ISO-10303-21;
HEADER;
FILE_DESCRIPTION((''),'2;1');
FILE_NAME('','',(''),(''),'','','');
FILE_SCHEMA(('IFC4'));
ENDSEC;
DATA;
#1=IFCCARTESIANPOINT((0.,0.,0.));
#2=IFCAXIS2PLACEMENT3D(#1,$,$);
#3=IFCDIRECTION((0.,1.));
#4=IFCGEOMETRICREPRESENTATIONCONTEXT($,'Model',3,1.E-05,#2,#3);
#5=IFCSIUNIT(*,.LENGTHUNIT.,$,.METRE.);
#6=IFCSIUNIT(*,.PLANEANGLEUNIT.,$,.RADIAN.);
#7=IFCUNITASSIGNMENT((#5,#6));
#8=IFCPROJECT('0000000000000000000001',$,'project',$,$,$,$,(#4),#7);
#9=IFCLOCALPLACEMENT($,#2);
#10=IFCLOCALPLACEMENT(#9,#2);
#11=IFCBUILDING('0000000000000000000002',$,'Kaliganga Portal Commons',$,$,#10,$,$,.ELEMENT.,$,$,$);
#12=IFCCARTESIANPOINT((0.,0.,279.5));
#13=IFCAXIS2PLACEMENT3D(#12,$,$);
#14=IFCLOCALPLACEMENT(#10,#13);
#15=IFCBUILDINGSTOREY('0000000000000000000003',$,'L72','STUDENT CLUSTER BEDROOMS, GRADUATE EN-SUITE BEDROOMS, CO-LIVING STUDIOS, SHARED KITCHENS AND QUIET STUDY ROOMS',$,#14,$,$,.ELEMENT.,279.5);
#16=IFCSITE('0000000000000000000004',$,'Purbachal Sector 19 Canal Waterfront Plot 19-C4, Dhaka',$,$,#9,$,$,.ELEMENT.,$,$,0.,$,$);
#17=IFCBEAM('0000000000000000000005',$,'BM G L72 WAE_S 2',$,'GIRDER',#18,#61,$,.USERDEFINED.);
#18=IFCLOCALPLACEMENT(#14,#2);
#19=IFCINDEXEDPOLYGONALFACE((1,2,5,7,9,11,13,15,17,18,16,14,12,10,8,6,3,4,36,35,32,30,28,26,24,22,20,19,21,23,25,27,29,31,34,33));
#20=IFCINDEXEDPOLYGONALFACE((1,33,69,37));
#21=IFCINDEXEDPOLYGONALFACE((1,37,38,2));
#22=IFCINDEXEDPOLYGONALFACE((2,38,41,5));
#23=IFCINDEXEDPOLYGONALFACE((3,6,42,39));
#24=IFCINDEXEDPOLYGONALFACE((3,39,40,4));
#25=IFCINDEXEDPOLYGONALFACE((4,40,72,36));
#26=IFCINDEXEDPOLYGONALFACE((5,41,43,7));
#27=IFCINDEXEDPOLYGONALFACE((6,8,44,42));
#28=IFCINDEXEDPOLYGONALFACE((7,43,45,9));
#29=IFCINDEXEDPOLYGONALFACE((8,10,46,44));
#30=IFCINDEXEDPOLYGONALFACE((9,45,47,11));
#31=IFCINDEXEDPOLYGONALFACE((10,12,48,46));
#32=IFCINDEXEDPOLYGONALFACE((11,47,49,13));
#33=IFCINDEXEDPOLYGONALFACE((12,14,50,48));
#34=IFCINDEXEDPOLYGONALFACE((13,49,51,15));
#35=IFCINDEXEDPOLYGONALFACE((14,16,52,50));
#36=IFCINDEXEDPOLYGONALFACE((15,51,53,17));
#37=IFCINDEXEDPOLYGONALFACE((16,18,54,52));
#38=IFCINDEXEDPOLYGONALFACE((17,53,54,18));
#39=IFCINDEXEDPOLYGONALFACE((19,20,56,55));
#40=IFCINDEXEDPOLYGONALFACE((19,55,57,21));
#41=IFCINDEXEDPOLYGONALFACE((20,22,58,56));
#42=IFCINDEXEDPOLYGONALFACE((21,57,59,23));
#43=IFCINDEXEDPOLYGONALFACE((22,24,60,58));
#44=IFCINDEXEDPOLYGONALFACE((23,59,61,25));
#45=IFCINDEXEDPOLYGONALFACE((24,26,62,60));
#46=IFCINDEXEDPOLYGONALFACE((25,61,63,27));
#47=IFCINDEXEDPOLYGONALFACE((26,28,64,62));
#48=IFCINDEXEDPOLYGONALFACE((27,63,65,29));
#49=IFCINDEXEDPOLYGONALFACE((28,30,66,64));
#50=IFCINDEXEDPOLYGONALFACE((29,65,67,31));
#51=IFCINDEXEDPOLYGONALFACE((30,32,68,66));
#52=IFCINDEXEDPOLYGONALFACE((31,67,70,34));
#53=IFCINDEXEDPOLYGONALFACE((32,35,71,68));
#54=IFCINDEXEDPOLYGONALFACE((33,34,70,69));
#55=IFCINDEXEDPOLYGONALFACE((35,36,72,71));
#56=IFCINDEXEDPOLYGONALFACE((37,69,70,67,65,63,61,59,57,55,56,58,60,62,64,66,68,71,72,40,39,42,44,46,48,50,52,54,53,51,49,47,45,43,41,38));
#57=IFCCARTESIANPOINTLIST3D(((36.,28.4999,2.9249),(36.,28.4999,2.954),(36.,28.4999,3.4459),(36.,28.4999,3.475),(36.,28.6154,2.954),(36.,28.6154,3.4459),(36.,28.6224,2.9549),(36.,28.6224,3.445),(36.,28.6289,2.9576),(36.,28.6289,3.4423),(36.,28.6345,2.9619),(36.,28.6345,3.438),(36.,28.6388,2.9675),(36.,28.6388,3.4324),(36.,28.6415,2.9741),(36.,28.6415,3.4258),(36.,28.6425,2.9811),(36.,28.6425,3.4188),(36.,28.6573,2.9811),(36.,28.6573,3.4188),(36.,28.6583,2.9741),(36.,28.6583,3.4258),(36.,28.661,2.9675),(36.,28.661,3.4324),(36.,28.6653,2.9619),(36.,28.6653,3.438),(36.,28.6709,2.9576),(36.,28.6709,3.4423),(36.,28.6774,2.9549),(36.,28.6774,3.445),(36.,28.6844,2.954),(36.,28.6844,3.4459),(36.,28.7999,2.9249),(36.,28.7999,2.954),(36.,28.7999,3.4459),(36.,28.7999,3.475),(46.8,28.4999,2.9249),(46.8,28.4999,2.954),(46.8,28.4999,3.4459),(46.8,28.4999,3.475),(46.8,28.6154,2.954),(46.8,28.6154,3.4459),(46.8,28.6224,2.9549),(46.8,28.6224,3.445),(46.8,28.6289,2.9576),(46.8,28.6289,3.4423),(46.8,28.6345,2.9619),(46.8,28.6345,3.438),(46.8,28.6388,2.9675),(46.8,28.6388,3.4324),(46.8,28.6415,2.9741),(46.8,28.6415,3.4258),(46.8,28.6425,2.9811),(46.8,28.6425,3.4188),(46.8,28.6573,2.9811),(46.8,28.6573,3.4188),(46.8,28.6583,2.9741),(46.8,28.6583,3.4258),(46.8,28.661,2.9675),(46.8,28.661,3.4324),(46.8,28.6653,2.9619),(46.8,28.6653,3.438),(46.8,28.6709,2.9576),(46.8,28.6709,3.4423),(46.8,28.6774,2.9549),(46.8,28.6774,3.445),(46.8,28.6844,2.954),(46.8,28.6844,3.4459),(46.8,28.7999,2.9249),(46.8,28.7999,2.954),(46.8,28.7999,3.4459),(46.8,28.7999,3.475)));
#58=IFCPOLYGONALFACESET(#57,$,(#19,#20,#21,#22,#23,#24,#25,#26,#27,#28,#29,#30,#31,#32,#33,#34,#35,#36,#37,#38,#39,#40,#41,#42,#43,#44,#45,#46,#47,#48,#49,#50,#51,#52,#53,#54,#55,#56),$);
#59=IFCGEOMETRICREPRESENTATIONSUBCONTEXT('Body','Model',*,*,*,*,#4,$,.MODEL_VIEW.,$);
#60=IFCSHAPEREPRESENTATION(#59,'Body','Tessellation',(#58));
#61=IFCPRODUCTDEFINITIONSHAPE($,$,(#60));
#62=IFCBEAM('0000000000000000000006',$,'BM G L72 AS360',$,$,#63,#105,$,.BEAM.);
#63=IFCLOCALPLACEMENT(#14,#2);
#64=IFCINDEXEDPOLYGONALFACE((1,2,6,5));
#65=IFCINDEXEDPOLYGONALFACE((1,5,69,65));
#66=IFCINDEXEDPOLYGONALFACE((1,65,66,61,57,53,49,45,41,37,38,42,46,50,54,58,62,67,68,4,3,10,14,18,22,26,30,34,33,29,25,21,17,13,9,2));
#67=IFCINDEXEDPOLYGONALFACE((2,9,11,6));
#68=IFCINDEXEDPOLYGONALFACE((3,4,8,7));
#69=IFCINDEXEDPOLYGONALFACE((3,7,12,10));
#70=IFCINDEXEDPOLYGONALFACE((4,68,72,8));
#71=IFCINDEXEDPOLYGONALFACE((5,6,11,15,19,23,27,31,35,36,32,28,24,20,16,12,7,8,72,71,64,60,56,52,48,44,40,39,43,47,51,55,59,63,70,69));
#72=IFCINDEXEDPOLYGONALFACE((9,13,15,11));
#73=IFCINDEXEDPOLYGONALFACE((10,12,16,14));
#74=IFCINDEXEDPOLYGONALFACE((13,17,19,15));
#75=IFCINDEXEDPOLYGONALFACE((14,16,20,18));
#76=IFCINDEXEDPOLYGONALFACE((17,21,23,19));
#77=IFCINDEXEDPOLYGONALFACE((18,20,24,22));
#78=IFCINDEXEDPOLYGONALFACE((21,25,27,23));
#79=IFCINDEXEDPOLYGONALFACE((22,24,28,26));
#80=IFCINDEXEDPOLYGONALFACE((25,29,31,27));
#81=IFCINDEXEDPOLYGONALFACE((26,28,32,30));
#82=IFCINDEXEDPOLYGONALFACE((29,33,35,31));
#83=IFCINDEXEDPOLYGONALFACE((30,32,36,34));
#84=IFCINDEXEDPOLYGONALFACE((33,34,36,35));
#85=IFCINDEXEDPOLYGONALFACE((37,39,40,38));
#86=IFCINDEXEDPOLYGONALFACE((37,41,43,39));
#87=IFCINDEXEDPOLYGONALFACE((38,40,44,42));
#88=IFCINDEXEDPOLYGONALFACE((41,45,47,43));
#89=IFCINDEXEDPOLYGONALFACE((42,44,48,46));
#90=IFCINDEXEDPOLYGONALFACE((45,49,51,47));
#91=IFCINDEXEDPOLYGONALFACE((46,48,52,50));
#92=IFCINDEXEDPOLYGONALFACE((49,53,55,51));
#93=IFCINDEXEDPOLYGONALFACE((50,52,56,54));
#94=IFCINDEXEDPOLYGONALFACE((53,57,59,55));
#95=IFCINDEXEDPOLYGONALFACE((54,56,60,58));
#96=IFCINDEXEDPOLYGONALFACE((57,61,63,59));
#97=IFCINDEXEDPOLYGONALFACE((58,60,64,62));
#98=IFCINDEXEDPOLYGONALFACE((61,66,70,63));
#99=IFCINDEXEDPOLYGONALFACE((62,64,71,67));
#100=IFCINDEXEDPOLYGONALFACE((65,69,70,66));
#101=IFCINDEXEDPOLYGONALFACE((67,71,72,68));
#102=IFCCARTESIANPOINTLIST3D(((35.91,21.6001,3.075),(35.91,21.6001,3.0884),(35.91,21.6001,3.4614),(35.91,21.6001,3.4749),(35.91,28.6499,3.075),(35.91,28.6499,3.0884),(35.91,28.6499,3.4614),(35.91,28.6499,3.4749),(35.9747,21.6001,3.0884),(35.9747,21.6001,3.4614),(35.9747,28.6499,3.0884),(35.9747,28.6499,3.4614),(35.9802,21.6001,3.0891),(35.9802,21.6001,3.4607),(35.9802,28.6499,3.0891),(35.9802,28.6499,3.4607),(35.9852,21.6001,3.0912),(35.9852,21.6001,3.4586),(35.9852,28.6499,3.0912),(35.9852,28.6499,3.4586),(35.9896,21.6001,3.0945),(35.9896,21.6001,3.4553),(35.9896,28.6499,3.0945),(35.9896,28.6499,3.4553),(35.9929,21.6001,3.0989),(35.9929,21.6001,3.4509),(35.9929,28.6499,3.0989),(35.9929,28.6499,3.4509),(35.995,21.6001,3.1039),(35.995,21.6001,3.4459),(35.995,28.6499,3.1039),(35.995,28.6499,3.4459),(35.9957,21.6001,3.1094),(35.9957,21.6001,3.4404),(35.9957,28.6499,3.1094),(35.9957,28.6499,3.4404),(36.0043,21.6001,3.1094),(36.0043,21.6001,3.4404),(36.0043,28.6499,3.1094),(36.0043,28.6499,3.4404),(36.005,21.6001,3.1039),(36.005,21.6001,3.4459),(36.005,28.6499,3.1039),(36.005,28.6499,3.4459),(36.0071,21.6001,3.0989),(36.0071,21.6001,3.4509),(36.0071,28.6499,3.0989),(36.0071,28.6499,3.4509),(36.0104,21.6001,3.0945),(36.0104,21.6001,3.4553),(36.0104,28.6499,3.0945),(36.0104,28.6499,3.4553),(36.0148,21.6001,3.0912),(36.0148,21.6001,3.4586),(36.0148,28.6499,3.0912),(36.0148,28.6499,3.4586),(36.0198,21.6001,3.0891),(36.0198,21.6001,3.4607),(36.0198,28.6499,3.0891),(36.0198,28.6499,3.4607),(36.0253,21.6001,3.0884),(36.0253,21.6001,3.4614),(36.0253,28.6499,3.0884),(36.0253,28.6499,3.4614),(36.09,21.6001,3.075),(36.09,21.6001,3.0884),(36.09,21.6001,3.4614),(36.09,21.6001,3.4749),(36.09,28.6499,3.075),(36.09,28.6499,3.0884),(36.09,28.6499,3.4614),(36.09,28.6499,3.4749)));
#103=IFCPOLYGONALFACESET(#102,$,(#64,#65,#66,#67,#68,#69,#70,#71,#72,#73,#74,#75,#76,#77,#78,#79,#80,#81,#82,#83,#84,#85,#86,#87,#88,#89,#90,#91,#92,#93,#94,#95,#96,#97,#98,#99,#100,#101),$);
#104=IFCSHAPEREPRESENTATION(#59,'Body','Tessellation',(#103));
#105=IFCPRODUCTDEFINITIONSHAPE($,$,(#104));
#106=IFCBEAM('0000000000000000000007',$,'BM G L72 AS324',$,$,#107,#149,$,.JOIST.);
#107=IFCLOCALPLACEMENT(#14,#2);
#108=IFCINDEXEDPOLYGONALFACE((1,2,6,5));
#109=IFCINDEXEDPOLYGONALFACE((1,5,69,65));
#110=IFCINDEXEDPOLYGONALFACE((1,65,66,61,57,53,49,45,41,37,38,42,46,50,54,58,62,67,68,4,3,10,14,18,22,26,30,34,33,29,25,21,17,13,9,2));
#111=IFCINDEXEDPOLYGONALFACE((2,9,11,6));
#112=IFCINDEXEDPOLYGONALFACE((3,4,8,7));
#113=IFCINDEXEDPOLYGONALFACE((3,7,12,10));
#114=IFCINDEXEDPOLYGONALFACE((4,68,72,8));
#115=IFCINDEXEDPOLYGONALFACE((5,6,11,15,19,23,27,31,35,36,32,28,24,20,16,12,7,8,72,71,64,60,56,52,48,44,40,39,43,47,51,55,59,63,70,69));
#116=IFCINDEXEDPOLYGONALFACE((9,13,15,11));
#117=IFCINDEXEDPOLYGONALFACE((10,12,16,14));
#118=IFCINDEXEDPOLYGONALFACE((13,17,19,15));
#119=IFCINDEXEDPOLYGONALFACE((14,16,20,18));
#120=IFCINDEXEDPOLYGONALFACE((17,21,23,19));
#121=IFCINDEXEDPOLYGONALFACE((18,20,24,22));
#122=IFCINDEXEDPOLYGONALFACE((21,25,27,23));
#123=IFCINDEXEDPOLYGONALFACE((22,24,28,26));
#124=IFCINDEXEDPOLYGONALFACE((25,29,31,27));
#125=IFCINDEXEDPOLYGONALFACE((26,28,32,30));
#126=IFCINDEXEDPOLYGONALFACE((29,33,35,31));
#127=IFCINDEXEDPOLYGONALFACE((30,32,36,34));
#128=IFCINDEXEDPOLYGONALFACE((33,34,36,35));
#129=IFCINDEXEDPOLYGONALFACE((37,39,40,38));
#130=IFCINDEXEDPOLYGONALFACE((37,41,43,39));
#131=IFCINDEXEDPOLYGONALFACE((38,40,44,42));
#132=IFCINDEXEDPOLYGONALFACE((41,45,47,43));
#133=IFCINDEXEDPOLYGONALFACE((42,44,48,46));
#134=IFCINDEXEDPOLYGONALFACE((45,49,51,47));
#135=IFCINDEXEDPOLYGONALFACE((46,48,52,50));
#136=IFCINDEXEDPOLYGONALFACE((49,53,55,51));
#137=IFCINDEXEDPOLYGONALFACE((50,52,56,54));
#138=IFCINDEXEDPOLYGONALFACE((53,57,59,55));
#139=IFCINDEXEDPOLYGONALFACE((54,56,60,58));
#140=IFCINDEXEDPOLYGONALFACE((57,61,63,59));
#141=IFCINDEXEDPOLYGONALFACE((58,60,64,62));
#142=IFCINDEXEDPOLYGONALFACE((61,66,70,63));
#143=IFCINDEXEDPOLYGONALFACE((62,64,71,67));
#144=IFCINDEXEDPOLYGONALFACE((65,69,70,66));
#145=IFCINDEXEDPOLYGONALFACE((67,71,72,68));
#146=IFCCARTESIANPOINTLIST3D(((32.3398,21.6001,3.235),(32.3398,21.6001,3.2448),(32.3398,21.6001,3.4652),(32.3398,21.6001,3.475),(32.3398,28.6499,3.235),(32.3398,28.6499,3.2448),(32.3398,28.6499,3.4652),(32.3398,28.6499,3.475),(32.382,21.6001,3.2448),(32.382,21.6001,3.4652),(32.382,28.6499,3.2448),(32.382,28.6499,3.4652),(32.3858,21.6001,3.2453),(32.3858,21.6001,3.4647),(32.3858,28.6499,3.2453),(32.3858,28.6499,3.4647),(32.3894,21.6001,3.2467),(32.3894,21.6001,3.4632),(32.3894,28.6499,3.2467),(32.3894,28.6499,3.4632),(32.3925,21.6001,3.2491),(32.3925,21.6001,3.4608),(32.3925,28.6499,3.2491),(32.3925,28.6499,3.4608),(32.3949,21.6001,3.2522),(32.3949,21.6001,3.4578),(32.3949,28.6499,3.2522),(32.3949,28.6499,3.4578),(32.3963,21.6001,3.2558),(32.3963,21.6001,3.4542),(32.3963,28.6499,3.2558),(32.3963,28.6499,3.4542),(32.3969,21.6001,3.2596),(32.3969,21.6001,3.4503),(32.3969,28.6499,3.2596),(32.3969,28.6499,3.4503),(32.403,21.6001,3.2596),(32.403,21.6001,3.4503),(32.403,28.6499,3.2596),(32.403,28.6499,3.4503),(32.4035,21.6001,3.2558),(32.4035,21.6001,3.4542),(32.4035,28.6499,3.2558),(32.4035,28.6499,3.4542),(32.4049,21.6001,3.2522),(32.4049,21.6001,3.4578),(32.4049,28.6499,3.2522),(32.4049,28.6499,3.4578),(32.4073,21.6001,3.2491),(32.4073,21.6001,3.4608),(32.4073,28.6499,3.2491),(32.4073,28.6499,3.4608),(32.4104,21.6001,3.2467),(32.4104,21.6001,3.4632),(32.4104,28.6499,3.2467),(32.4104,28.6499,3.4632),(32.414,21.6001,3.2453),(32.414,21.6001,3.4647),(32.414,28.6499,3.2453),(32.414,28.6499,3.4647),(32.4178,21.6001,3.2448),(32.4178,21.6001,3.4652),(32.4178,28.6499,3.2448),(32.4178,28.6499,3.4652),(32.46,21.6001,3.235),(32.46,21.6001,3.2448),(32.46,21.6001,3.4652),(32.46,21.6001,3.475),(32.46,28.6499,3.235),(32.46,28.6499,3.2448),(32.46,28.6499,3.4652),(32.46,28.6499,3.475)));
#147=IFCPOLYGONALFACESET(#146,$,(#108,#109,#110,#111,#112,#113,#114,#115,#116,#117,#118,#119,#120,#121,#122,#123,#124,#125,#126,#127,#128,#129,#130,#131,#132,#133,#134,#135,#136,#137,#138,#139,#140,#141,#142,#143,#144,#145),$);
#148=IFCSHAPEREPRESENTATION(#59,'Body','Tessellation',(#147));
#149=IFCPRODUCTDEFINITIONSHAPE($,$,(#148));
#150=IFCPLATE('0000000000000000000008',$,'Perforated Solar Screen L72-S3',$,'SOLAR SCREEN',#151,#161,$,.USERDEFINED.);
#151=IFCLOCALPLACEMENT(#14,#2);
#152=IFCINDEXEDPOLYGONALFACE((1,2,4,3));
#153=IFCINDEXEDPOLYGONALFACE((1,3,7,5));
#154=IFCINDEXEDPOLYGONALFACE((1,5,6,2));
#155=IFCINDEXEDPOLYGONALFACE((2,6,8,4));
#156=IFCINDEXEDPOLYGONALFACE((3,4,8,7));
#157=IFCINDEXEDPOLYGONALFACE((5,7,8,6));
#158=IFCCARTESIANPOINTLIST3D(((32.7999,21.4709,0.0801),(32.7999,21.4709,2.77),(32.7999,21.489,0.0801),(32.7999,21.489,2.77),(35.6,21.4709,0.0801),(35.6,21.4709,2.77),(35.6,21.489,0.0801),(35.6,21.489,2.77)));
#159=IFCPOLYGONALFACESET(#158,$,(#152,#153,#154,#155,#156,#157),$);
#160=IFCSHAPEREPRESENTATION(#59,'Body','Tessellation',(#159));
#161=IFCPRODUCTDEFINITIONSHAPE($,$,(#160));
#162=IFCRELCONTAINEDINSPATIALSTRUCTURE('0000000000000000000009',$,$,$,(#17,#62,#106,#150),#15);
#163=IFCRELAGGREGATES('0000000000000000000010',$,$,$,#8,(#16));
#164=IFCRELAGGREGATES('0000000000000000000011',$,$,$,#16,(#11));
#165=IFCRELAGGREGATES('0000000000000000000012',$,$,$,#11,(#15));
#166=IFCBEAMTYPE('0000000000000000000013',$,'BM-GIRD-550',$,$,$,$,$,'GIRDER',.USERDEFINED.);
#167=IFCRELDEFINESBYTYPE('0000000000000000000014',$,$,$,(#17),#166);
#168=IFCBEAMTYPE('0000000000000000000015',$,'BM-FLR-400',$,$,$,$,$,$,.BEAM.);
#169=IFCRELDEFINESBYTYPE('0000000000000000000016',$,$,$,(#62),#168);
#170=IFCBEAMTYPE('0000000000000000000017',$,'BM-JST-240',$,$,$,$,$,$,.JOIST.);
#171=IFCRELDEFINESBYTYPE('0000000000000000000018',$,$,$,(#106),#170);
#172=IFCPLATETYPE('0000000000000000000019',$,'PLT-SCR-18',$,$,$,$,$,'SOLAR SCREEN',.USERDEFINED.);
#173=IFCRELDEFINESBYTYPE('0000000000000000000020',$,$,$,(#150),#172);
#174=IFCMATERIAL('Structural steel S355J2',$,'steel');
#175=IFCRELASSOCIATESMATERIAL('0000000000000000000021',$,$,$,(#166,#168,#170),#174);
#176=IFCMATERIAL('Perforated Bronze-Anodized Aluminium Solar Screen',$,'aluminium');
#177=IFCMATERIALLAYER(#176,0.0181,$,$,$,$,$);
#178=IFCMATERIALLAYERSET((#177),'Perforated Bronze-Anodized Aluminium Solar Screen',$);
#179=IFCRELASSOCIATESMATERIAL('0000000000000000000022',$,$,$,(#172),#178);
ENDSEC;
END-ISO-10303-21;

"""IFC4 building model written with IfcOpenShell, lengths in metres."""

from ifc_helpers import new_model, si_unit, direction, frame, origin, origin_2d, place, context, subcontext, project, spatial, rectangle, i_section, extrude, source, transform, mapped, material, layer, layer_set, material_profile, profile_set, type_object, element, save


model = new_model("IFC4")

# Units and contexts
model_context = context("Model", 3, precision=1e-05, world=origin(), true_north=direction((0.0, 1.0)))
body_context = subcontext(model_context, "Body", "Model", "MODEL_VIEW")
ifc_project = project(units=[si_unit("LENGTHUNIT", "METRE"), si_unit("PLANEANGLEUNIT", "RADIAN")], contexts=[model_context])

# Site, building, storey
site_placement = place(None, origin())
site = spatial("IfcSite", under=ifc_project, at=site_placement, Name="Purbachal Sector 19 Canal Waterfront Plot 19-C4, Dhaka", CompositionType="ELEMENT", RefElevation=0.0)
building_placement = place(site_placement, origin())
building = spatial("IfcBuilding", under=site, at=building_placement, Name="Kaliganga Portal Commons", CompositionType="ELEMENT")
storey_placement = place(building_placement, frame((0.0, 0.0, 279.5)))
storey = spatial("IfcBuildingStorey", under=building, at=storey_placement, Name="L72", Description="STUDENT CLUSTER BEDROOMS, GRADUATE EN-SUITE BEDROOMS, CO-LIVING STUDIOS, SHARED KITCHENS AND QUIET STUDY ROOMS", CompositionType="ELEMENT", Elevation=279.5)

# Shared definitions
ifc_material_1 = material(Name="Structural steel S355J2", Category="steel")

# Beams
ifc_material_profile_1 = material_profile(ifc_material_1, i_section(OverallWidth=0.3, OverallDepth=0.55, WebThickness=0.0149, FlangeThickness=0.0291, FilletRadius=0.0271, at=origin_2d()), Name="HE 550 B")
ifc_profile_set_1 = profile_set([ifc_material_profile_1], Name="Structural steel S355J2 wide-flange")
beam_type_1 = type_object("IfcBeamType", Name="BM-GIRD-550", ElementType="GIRDER", PredefinedType="USERDEFINED", material=ifc_profile_set_1)
shared_shape_1 = source(origin(), body_context, "Body", "SweptSolid", [
    extrude(i_section(OverallWidth=0.3, OverallDepth=0.55, WebThickness=0.0149, FlangeThickness=0.0291, FilletRadius=0.0271, at=origin_2d()), origin(), (0.0, 0.0, 1.0), 10.8),
])
beam_1_placement = place(storey_placement, frame((36.0, 28.6499, 3.2), z_axis=(1.0, 0.0, 0.0), x_axis=(0.0, 1.0, 0.0)))
element("IfcBeam", 1, at=beam_1_placement, inside=storey, type_object=beam_type_1, Name="BM G L72 WAE_S 2", ObjectType="GIRDER", PredefinedType="USERDEFINED", context=body_context, shape_type="MappedRepresentation", body=[
    mapped(shared_shape_1, transform((0.0, 0.0, 0.0), x_axis=(1.0, 0.0, 0.0), y_axis=(0.0, 1.0, 0.0), z_axis=(0.0, 0.0, 1.0), scale=1.0)),
])
ifc_material_profile_2 = material_profile(ifc_material_1, i_section(OverallWidth=0.1799, OverallDepth=0.3999, WebThickness=0.0085, FlangeThickness=0.0134, FilletRadius=0.021, at=origin_2d()), Name="IPE 400")
ifc_profile_set_2 = profile_set([ifc_material_profile_2], Name="Structural steel S355J2 wide-flange")
beam_type_2 = type_object("IfcBeamType", Name="BM-FLR-400", PredefinedType="BEAM", material=ifc_profile_set_2)
shared_shape_2 = source(origin(), body_context, "Body", "SweptSolid", [
    extrude(i_section(OverallWidth=0.1799, OverallDepth=0.3999, WebThickness=0.0085, FlangeThickness=0.0134, FilletRadius=0.021, at=origin_2d()), origin(), (0.0, 0.0, 1.0), 7.0498),
])
beam_2_placement = place(storey_placement, frame((36.0, 21.6001, 3.2749), z_axis=(0.0, 1.0, 0.0), x_axis=(-1.0, 0.0, 0.0)))
element("IfcBeam", 2, at=beam_2_placement, inside=storey, type_object=beam_type_2, Name="BM G L72 AS360", PredefinedType="BEAM", context=body_context, shape_type="MappedRepresentation", body=[
    mapped(shared_shape_2, transform((0.0, 0.0, 0.0), x_axis=(1.0, 0.0, 0.0), y_axis=(0.0, 1.0, 0.0), z_axis=(0.0, 0.0, 1.0), scale=1.0)),
])
ifc_material_profile_3 = material_profile(ifc_material_1, i_section(OverallWidth=0.1201, OverallDepth=0.24, WebThickness=0.0061, FlangeThickness=0.0098, FilletRadius=0.0149, at=origin_2d()), Name="IPE 240")
ifc_profile_set_3 = profile_set([ifc_material_profile_3], Name="Structural steel S355J2 wide-flange")
beam_type_3 = type_object("IfcBeamType", Name="BM-JST-240", PredefinedType="JOIST", material=ifc_profile_set_3)
shared_shape_3 = source(origin(), body_context, "Body", "SweptSolid", [
    extrude(i_section(OverallWidth=0.1201, OverallDepth=0.24, WebThickness=0.0061, FlangeThickness=0.0098, FilletRadius=0.0149, at=origin_2d()), origin(), (0.0, 0.0, 1.0), 7.0498),
])
beam_3_placement = place(storey_placement, frame((32.3999, 21.6001, 3.355), z_axis=(0.0, 1.0, 0.0), x_axis=(-1.0, 0.0, 0.0)))
element("IfcBeam", 3, at=beam_3_placement, inside=storey, type_object=beam_type_3, Name="BM G L72 AS324", PredefinedType="JOIST", context=body_context, shape_type="MappedRepresentation", body=[
    mapped(shared_shape_3, transform((0.0, 0.0, 0.0), x_axis=(1.0, 0.0, 0.0), y_axis=(0.0, 1.0, 0.0), z_axis=(0.0, 0.0, 1.0), scale=1.0)),
])

# Plate
ifc_material_2 = material(Name="Perforated Bronze-Anodized Aluminium Solar Screen", Category="aluminium")
ifc_layer_1 = layer(ifc_material_2, 0.0181)
ifc_layer_set_1 = layer_set([ifc_layer_1], Name="Perforated Bronze-Anodized Aluminium Solar Screen")
plate_type = type_object("IfcPlateType", Name="PLT-SCR-18", ElementType="SOLAR SCREEN", PredefinedType="USERDEFINED", material=ifc_layer_set_1)
shared_shape_4 = source(origin(), body_context, "Body", "SweptSolid", [
    extrude(rectangle(XDim=2.8, YDim=0.0181, at=origin_2d()), origin(), (0.0, 0.0, 1.0), 2.6899),
])
plate_placement = place(storey_placement, frame((34.2, 21.48, 0.0801), z_axis=(0.0, 0.0, 1.0), x_axis=(1.0, 0.0, 0.0)))
element("IfcPlate", 4, at=plate_placement, inside=storey, type_object=plate_type, Name="Perforated Solar Screen L72-S3", ObjectType="SOLAR SCREEN", PredefinedType="USERDEFINED", context=body_context, shape_type="MappedRepresentation", body=[
    mapped(shared_shape_4, transform((0.0, 0.0, 0.0), x_axis=(1.0, 0.0, 0.0), y_axis=(0.0, 1.0, 0.0), z_axis=(0.0, 0.0, 1.0), scale=1.0)),
])

save(model, "model.ifc")
